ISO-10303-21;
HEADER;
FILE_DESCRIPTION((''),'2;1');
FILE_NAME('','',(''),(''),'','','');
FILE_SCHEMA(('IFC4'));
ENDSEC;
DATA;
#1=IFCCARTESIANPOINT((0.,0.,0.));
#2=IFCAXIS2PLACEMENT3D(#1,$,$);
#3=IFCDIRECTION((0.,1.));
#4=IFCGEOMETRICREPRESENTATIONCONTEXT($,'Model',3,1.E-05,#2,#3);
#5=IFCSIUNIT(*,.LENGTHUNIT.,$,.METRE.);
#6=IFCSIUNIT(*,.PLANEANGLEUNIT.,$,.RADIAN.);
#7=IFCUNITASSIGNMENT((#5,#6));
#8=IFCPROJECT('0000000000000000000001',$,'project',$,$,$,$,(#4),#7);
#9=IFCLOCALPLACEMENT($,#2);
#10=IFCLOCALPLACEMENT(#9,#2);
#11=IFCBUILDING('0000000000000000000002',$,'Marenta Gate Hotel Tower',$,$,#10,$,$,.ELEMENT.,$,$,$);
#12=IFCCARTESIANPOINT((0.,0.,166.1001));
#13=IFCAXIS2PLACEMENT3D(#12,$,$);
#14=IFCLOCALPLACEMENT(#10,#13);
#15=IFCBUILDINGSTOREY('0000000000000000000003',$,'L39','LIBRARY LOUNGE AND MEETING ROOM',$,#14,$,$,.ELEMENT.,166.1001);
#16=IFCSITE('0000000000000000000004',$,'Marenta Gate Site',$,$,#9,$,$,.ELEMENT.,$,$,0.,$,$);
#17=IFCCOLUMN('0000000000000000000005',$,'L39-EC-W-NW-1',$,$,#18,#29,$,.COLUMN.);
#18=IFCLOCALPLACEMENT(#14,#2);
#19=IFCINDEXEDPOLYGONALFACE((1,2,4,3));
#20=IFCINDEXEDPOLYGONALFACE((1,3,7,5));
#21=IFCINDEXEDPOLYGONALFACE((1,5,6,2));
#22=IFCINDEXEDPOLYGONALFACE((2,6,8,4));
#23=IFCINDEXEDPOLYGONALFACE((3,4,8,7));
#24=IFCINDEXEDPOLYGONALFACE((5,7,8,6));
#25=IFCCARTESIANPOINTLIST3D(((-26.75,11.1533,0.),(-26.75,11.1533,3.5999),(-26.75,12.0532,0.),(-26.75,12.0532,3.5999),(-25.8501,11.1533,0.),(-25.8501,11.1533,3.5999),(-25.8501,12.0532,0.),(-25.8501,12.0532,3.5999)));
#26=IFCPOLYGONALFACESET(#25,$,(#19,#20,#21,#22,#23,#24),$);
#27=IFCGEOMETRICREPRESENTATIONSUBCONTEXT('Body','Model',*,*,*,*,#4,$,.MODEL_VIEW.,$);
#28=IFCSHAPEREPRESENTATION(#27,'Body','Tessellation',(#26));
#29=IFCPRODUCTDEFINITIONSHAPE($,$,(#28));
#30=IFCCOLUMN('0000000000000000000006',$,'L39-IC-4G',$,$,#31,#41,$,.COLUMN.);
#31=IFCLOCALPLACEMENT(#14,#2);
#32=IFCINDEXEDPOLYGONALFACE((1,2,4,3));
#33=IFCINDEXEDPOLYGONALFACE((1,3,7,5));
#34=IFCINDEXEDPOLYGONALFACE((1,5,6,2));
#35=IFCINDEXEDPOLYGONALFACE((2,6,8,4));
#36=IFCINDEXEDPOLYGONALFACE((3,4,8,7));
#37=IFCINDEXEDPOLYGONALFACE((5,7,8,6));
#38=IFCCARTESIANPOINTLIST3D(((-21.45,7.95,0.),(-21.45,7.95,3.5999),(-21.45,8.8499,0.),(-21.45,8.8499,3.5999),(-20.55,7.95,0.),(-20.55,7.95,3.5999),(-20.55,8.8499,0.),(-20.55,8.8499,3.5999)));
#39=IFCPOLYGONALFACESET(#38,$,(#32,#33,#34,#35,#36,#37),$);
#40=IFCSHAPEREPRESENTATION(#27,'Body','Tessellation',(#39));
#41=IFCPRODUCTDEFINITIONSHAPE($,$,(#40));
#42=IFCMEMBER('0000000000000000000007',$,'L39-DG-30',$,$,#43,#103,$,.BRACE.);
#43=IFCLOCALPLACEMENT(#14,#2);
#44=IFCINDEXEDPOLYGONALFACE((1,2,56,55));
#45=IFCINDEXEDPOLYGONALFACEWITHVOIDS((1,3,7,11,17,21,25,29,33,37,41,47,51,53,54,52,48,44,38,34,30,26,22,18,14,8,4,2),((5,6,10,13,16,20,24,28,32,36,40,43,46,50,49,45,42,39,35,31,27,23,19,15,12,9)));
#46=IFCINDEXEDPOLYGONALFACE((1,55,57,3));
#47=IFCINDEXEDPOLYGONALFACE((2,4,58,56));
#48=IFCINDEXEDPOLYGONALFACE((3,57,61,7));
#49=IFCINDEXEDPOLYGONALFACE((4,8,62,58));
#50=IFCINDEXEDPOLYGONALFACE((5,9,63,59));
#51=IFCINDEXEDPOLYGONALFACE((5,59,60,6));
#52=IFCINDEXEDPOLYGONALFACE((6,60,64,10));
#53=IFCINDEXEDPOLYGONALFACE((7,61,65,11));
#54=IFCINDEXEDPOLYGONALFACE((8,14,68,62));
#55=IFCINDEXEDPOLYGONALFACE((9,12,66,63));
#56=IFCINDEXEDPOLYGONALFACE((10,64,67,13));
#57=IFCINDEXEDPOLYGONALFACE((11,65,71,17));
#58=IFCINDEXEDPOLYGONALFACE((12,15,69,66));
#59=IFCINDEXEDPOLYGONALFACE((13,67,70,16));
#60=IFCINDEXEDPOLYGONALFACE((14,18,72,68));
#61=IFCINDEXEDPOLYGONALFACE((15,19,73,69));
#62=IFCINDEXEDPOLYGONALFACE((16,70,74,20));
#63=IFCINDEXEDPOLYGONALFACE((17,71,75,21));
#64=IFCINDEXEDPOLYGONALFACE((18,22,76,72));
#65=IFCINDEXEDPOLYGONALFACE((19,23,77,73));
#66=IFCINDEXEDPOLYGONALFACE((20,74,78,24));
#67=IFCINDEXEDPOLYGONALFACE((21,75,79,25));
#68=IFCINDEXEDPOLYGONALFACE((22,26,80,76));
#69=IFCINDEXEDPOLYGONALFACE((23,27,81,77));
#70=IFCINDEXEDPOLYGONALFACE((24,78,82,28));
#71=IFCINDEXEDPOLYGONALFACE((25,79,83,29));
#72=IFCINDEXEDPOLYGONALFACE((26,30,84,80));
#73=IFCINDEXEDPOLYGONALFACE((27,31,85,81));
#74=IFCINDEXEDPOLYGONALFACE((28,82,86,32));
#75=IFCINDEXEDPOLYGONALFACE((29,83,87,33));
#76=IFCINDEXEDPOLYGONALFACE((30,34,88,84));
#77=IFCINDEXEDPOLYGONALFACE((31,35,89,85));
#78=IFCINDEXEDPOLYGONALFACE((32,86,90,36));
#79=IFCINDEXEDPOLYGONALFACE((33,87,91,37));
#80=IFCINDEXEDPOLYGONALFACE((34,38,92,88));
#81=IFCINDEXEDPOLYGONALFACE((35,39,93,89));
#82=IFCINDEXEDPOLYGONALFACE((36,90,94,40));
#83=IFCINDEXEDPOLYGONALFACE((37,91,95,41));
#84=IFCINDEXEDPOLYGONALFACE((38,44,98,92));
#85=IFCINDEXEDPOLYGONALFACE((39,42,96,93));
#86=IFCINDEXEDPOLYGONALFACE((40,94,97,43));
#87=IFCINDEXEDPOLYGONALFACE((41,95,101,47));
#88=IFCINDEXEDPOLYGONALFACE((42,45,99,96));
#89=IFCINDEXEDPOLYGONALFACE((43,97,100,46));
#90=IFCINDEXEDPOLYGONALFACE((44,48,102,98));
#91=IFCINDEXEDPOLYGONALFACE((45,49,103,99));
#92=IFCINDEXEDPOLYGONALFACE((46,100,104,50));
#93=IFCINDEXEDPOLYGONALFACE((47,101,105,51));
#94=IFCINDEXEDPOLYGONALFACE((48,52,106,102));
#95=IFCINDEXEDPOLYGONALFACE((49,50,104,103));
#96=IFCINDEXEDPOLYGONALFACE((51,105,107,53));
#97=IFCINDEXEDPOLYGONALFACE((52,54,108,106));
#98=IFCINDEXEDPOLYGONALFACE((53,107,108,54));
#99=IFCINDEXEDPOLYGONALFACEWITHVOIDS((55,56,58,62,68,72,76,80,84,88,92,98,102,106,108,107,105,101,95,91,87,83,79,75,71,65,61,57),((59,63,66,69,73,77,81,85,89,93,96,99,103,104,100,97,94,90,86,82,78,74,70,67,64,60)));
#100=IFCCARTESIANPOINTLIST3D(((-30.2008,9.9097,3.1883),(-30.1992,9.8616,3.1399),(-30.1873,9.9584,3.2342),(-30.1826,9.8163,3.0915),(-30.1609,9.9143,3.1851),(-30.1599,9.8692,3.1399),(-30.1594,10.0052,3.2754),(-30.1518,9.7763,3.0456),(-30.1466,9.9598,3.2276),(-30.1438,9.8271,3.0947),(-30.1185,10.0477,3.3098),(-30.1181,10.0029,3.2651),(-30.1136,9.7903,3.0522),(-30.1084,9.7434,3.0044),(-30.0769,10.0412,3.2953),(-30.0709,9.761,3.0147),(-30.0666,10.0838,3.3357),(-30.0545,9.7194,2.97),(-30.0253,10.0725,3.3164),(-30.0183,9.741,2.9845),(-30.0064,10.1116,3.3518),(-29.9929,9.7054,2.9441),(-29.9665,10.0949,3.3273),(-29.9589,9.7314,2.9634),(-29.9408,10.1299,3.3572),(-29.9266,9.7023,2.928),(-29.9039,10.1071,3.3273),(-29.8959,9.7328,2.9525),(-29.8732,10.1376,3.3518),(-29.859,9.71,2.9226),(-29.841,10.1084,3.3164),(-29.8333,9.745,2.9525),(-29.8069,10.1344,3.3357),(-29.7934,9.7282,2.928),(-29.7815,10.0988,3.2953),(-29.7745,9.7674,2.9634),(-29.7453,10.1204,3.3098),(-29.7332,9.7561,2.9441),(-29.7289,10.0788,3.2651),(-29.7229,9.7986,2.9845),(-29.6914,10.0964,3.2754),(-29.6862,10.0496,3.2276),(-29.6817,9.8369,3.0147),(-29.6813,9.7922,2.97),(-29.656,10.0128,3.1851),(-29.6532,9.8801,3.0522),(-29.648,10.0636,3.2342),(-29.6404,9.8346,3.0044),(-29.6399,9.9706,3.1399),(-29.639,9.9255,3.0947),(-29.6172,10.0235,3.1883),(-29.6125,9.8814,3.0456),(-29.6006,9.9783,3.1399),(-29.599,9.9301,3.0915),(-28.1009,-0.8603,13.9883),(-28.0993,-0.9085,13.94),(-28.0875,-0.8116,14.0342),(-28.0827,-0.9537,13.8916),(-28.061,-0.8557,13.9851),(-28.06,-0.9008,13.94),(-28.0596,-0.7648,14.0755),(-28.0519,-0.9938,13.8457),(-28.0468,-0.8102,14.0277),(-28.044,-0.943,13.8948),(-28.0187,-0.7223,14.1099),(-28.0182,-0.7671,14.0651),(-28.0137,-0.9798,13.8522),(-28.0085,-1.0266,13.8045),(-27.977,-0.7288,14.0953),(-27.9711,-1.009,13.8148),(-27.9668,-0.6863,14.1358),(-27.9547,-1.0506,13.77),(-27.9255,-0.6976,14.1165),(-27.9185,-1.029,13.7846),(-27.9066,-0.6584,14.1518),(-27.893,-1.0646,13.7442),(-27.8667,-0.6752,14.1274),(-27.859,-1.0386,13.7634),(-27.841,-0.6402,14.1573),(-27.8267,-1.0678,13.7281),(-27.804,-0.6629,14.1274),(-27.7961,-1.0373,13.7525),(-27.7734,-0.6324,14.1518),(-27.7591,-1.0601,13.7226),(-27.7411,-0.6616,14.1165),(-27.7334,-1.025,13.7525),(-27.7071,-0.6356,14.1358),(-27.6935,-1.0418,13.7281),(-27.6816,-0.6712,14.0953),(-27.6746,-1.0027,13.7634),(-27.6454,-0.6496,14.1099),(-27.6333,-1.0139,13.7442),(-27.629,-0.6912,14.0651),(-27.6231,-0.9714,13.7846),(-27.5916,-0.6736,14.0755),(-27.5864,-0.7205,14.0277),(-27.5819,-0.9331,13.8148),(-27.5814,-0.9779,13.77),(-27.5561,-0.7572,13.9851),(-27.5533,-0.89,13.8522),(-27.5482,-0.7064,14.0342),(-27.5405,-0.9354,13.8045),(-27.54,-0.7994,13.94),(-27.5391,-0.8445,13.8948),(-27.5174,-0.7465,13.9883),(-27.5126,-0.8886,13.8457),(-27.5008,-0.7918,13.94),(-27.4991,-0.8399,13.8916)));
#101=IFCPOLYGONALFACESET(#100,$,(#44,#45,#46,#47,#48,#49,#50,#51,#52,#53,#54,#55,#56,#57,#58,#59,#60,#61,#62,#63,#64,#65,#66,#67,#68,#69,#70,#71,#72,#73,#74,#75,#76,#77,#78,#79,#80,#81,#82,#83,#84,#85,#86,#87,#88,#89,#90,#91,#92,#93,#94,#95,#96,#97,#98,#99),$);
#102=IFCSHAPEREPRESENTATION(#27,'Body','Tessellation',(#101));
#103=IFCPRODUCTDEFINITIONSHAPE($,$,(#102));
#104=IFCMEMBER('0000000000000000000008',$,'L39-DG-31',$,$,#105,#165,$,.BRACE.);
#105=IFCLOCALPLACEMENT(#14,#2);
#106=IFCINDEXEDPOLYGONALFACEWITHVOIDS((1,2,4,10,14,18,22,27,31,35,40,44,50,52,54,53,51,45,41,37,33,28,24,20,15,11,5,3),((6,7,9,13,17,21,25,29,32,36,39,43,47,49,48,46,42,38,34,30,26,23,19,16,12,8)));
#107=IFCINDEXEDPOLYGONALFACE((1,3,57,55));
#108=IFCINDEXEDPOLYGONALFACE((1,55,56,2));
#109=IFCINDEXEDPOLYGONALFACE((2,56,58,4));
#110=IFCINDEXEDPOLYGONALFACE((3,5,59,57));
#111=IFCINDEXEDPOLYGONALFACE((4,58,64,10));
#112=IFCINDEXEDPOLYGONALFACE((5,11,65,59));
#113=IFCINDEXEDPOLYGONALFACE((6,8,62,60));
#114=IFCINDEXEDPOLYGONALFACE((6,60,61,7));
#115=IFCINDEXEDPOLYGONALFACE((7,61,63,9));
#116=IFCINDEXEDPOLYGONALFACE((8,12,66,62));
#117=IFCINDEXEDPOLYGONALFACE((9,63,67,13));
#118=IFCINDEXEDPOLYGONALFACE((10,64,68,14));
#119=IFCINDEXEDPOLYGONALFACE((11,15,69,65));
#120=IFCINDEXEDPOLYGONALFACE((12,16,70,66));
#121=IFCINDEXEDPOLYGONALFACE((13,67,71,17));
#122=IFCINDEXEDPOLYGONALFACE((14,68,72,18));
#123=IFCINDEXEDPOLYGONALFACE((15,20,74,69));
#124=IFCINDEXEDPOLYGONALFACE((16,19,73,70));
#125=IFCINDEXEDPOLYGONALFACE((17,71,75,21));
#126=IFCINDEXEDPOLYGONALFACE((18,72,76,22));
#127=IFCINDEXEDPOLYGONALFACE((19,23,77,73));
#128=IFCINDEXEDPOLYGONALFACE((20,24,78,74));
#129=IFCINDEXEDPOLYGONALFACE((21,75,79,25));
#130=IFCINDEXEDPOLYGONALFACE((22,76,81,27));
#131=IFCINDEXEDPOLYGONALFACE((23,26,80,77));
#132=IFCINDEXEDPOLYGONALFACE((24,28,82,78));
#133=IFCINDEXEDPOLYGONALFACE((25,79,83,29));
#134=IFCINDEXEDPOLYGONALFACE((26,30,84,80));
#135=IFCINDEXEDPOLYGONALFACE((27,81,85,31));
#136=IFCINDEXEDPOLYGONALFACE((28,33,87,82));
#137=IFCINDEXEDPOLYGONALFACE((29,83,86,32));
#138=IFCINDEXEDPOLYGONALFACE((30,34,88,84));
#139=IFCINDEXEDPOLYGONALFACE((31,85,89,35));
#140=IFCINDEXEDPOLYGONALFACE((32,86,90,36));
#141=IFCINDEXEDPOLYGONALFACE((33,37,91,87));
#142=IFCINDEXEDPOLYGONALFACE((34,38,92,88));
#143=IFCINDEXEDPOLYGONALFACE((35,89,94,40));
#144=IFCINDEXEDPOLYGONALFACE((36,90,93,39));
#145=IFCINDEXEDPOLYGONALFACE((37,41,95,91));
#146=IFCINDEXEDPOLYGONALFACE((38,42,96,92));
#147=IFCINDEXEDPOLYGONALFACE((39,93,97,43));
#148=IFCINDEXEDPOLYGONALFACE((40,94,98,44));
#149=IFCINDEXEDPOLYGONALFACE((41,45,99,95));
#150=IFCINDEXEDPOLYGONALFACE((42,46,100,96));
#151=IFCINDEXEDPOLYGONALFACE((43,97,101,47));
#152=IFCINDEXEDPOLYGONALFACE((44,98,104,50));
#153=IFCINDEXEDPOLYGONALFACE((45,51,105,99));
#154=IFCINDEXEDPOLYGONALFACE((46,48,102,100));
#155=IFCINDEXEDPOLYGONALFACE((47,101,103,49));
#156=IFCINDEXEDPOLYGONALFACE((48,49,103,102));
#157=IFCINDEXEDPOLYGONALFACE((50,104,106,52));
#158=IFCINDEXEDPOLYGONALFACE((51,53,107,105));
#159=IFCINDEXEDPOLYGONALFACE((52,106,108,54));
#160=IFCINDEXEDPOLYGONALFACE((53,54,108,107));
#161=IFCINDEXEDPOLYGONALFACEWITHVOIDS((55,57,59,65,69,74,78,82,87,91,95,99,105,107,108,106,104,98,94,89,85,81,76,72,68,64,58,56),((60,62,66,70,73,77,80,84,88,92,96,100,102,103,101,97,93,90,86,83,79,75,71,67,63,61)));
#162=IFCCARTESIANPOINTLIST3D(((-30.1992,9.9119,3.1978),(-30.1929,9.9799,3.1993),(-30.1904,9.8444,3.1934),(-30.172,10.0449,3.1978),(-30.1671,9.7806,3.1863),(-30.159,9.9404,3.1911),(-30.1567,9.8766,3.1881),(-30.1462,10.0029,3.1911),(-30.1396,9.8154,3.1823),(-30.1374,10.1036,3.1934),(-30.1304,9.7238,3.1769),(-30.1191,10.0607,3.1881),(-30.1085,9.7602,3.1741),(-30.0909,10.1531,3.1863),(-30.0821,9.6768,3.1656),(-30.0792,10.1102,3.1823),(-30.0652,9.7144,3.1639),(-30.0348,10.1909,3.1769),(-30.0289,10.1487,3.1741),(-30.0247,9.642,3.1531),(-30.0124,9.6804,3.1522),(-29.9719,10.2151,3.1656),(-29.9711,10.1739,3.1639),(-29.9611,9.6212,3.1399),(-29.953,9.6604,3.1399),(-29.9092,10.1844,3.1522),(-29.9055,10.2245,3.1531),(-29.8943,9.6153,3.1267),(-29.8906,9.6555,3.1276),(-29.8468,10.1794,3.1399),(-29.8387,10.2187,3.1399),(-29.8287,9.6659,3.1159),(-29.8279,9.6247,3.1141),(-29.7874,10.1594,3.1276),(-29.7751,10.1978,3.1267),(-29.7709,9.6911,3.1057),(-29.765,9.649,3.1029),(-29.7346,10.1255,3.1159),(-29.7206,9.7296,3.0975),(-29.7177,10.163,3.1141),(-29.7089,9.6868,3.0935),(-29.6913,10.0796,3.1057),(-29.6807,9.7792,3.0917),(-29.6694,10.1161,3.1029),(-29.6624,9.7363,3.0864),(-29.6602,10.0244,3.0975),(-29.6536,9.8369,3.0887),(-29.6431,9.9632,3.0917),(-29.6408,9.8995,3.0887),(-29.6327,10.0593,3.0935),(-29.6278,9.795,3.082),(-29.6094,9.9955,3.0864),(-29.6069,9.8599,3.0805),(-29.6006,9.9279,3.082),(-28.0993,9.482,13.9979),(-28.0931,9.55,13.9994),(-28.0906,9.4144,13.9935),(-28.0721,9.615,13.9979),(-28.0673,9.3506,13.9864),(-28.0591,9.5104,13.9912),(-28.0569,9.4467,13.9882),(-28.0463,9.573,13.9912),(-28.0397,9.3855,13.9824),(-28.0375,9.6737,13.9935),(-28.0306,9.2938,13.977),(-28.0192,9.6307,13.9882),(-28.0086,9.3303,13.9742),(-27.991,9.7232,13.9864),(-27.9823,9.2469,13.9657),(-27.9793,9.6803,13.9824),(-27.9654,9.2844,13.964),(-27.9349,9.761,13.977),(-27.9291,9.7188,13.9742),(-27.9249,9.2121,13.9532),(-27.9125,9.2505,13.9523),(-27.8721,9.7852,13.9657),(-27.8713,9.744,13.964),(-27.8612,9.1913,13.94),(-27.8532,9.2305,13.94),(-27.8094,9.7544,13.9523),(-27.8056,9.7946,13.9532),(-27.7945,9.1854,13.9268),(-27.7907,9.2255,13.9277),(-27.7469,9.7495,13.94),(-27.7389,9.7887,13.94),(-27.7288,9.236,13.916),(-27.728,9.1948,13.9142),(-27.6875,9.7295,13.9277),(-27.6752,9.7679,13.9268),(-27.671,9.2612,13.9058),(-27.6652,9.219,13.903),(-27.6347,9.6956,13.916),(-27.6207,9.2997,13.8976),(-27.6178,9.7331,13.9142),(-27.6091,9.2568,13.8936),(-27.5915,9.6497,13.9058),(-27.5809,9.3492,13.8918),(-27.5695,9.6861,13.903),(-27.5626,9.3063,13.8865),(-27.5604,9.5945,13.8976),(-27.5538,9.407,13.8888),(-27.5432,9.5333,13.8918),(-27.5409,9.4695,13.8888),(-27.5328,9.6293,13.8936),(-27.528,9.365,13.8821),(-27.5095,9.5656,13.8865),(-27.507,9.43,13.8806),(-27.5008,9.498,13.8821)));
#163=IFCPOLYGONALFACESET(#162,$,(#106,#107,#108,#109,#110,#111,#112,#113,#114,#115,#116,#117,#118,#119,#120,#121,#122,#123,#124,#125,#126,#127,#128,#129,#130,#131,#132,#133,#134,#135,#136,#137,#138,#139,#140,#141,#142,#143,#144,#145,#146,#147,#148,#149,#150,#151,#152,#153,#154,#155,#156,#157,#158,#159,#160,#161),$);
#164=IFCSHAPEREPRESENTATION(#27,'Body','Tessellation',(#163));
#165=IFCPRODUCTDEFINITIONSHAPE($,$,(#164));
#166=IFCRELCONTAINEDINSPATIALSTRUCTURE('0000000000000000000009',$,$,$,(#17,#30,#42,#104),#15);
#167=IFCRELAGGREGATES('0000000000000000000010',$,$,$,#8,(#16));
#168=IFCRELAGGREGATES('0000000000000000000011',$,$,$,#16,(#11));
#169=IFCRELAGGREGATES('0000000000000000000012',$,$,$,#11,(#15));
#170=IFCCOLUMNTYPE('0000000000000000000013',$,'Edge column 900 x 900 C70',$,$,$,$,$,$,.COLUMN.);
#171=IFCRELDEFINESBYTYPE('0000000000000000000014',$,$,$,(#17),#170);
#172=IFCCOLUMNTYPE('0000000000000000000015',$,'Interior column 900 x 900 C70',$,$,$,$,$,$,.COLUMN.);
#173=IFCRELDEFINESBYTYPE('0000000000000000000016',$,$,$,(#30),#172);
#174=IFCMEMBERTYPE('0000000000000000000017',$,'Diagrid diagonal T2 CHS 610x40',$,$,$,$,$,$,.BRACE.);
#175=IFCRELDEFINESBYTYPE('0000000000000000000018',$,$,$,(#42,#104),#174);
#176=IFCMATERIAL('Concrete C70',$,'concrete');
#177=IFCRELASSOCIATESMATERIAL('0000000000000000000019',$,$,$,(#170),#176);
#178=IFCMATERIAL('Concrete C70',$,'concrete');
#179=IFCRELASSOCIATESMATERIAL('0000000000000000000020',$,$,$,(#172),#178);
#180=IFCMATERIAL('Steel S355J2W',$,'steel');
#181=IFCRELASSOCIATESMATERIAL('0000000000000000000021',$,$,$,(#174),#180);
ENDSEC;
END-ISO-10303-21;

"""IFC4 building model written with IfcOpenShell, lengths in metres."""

from ifc_helpers import new_model, si_unit, direction, frame, origin, origin_2d, place, context, subcontext, project, spatial, rectangle, hollow_circle, extrude, material, material_profile, profile_set, type_object, element, save


model = new_model("IFC4")

# Units and contexts
model_context = context("Model", 3, precision=1e-05, world=origin(), true_north=direction((0.0, 1.0)))
body_context = subcontext(model_context, "Body", "Model", "MODEL_VIEW")
ifc_project = project(units=[si_unit("LENGTHUNIT", "METRE"), si_unit("PLANEANGLEUNIT", "RADIAN")], contexts=[model_context])

# Site, building, storey
site_placement = place(None, origin())
site = spatial("IfcSite", under=ifc_project, at=site_placement, Name="Marenta Gate Site", CompositionType="ELEMENT", RefElevation=0.0)
building_placement = place(site_placement, origin())
building = spatial("IfcBuilding", under=site, at=building_placement, Name="Marenta Gate Hotel Tower", CompositionType="ELEMENT")
storey_placement = place(building_placement, frame((0.0, 0.0, 166.1001)))
storey = spatial("IfcBuildingStorey", under=building, at=storey_placement, Name="L39", Description="LIBRARY LOUNGE AND MEETING ROOM", CompositionType="ELEMENT", Elevation=166.1001)

# Columns
ifc_material_1 = material(Name="Concrete C70", Category="concrete")
ifc_material_profile_1 = material_profile(ifc_material_1, rectangle(XDim=0.8999, YDim=0.8999, at=origin_2d()), Name="900 x 900")
ifc_profile_set_1 = profile_set([ifc_material_profile_1], Name="Concrete C70")
column_type_1 = type_object("IfcColumnType", Name="Edge column 900 x 900 C70", PredefinedType="COLUMN", material=ifc_profile_set_1)
column_1_placement = place(storey_placement, frame((-26.3, 11.6033, 0.0), z_axis=(0.0, 0.0, 1.0), x_axis=(1.0, 0.0, 0.0)))
element("IfcColumn", 1, at=column_1_placement, inside=storey, type_object=column_type_1, Name="L39-EC-W-NW-1", PredefinedType="COLUMN", context=body_context, shape_type="SweptSolid", body=[
    extrude(rectangle(XDim=0.8999, YDim=0.8999, at=origin_2d()), origin(), (0.0, 0.0, 1.0), 3.5999),
])
ifc_material_2 = material(Name="Concrete C70", Category="concrete")
ifc_material_profile_2 = material_profile(ifc_material_2, rectangle(XDim=0.8999, YDim=0.8999, at=origin_2d()), Name="900 x 900")
ifc_profile_set_2 = profile_set([ifc_material_profile_2], Name="Concrete C70")
column_type_2 = type_object("IfcColumnType", Name="Interior column 900 x 900 C70", PredefinedType="COLUMN", material=ifc_profile_set_2)
column_2_placement = place(storey_placement, frame((-21.0, 8.3999, 0.0), z_axis=(0.0, 0.0, 1.0), x_axis=(1.0, 0.0, 0.0)))
element("IfcColumn", 2, at=column_2_placement, inside=storey, type_object=column_type_2, Name="L39-IC-4G", PredefinedType="COLUMN", context=body_context, shape_type="SweptSolid", body=[
    extrude(rectangle(XDim=0.8999, YDim=0.8999, at=origin_2d()), origin(), (0.0, 0.0, 1.0), 3.5999),
])

# Members
ifc_material_3 = material(Name="Steel S355J2W", Category="steel")
ifc_material_profile_3 = material_profile(ifc_material_3, hollow_circle(Radius=0.3049, WallThickness=0.04, at=origin_2d()), Name="CHS 610x40")
ifc_profile_set_3 = profile_set([ifc_material_profile_3], Name="Steel S355J2W")
member_type_1 = type_object("IfcMemberType", Name="Diagrid diagonal T2 CHS 610x40", PredefinedType="BRACE", material=ifc_profile_set_3)
member_1_placement = place(storey_placement, frame((-29.8999, 9.9199, 3.1399), z_axis=(0.136388, -0.699523, 0.701474), x_axis=(0.981518, 0.191369, 0.0)))
element("IfcMember", 3, at=member_1_placement, inside=storey, type_object=member_type_1, Name="L39-DG-30", PredefinedType="BRACE", context=body_context, shape_type="SweptSolid", body=[
    extrude(hollow_circle(Radius=0.3049, WallThickness=0.04, at=origin_2d()), origin(), (0.0, 0.0, 1.0), 15.3962),
])
member_2_placement = place(storey_placement, frame((-29.8999, 9.9199, 3.1399), z_axis=(0.19071, -0.039047, 0.980869), x_axis=(0.200583, 0.979677, 0.0)))
element("IfcMember", 4, at=member_2_placement, inside=storey, type_object=member_type_1, Name="L39-DG-31", PredefinedType="BRACE", context=body_context, shape_type="SweptSolid", body=[
    extrude(hollow_circle(Radius=0.3049, WallThickness=0.04, at=origin_2d()), origin(), (0.0, 0.0, 1.0), 11.0107),
])

save(model, "model.ifc")
